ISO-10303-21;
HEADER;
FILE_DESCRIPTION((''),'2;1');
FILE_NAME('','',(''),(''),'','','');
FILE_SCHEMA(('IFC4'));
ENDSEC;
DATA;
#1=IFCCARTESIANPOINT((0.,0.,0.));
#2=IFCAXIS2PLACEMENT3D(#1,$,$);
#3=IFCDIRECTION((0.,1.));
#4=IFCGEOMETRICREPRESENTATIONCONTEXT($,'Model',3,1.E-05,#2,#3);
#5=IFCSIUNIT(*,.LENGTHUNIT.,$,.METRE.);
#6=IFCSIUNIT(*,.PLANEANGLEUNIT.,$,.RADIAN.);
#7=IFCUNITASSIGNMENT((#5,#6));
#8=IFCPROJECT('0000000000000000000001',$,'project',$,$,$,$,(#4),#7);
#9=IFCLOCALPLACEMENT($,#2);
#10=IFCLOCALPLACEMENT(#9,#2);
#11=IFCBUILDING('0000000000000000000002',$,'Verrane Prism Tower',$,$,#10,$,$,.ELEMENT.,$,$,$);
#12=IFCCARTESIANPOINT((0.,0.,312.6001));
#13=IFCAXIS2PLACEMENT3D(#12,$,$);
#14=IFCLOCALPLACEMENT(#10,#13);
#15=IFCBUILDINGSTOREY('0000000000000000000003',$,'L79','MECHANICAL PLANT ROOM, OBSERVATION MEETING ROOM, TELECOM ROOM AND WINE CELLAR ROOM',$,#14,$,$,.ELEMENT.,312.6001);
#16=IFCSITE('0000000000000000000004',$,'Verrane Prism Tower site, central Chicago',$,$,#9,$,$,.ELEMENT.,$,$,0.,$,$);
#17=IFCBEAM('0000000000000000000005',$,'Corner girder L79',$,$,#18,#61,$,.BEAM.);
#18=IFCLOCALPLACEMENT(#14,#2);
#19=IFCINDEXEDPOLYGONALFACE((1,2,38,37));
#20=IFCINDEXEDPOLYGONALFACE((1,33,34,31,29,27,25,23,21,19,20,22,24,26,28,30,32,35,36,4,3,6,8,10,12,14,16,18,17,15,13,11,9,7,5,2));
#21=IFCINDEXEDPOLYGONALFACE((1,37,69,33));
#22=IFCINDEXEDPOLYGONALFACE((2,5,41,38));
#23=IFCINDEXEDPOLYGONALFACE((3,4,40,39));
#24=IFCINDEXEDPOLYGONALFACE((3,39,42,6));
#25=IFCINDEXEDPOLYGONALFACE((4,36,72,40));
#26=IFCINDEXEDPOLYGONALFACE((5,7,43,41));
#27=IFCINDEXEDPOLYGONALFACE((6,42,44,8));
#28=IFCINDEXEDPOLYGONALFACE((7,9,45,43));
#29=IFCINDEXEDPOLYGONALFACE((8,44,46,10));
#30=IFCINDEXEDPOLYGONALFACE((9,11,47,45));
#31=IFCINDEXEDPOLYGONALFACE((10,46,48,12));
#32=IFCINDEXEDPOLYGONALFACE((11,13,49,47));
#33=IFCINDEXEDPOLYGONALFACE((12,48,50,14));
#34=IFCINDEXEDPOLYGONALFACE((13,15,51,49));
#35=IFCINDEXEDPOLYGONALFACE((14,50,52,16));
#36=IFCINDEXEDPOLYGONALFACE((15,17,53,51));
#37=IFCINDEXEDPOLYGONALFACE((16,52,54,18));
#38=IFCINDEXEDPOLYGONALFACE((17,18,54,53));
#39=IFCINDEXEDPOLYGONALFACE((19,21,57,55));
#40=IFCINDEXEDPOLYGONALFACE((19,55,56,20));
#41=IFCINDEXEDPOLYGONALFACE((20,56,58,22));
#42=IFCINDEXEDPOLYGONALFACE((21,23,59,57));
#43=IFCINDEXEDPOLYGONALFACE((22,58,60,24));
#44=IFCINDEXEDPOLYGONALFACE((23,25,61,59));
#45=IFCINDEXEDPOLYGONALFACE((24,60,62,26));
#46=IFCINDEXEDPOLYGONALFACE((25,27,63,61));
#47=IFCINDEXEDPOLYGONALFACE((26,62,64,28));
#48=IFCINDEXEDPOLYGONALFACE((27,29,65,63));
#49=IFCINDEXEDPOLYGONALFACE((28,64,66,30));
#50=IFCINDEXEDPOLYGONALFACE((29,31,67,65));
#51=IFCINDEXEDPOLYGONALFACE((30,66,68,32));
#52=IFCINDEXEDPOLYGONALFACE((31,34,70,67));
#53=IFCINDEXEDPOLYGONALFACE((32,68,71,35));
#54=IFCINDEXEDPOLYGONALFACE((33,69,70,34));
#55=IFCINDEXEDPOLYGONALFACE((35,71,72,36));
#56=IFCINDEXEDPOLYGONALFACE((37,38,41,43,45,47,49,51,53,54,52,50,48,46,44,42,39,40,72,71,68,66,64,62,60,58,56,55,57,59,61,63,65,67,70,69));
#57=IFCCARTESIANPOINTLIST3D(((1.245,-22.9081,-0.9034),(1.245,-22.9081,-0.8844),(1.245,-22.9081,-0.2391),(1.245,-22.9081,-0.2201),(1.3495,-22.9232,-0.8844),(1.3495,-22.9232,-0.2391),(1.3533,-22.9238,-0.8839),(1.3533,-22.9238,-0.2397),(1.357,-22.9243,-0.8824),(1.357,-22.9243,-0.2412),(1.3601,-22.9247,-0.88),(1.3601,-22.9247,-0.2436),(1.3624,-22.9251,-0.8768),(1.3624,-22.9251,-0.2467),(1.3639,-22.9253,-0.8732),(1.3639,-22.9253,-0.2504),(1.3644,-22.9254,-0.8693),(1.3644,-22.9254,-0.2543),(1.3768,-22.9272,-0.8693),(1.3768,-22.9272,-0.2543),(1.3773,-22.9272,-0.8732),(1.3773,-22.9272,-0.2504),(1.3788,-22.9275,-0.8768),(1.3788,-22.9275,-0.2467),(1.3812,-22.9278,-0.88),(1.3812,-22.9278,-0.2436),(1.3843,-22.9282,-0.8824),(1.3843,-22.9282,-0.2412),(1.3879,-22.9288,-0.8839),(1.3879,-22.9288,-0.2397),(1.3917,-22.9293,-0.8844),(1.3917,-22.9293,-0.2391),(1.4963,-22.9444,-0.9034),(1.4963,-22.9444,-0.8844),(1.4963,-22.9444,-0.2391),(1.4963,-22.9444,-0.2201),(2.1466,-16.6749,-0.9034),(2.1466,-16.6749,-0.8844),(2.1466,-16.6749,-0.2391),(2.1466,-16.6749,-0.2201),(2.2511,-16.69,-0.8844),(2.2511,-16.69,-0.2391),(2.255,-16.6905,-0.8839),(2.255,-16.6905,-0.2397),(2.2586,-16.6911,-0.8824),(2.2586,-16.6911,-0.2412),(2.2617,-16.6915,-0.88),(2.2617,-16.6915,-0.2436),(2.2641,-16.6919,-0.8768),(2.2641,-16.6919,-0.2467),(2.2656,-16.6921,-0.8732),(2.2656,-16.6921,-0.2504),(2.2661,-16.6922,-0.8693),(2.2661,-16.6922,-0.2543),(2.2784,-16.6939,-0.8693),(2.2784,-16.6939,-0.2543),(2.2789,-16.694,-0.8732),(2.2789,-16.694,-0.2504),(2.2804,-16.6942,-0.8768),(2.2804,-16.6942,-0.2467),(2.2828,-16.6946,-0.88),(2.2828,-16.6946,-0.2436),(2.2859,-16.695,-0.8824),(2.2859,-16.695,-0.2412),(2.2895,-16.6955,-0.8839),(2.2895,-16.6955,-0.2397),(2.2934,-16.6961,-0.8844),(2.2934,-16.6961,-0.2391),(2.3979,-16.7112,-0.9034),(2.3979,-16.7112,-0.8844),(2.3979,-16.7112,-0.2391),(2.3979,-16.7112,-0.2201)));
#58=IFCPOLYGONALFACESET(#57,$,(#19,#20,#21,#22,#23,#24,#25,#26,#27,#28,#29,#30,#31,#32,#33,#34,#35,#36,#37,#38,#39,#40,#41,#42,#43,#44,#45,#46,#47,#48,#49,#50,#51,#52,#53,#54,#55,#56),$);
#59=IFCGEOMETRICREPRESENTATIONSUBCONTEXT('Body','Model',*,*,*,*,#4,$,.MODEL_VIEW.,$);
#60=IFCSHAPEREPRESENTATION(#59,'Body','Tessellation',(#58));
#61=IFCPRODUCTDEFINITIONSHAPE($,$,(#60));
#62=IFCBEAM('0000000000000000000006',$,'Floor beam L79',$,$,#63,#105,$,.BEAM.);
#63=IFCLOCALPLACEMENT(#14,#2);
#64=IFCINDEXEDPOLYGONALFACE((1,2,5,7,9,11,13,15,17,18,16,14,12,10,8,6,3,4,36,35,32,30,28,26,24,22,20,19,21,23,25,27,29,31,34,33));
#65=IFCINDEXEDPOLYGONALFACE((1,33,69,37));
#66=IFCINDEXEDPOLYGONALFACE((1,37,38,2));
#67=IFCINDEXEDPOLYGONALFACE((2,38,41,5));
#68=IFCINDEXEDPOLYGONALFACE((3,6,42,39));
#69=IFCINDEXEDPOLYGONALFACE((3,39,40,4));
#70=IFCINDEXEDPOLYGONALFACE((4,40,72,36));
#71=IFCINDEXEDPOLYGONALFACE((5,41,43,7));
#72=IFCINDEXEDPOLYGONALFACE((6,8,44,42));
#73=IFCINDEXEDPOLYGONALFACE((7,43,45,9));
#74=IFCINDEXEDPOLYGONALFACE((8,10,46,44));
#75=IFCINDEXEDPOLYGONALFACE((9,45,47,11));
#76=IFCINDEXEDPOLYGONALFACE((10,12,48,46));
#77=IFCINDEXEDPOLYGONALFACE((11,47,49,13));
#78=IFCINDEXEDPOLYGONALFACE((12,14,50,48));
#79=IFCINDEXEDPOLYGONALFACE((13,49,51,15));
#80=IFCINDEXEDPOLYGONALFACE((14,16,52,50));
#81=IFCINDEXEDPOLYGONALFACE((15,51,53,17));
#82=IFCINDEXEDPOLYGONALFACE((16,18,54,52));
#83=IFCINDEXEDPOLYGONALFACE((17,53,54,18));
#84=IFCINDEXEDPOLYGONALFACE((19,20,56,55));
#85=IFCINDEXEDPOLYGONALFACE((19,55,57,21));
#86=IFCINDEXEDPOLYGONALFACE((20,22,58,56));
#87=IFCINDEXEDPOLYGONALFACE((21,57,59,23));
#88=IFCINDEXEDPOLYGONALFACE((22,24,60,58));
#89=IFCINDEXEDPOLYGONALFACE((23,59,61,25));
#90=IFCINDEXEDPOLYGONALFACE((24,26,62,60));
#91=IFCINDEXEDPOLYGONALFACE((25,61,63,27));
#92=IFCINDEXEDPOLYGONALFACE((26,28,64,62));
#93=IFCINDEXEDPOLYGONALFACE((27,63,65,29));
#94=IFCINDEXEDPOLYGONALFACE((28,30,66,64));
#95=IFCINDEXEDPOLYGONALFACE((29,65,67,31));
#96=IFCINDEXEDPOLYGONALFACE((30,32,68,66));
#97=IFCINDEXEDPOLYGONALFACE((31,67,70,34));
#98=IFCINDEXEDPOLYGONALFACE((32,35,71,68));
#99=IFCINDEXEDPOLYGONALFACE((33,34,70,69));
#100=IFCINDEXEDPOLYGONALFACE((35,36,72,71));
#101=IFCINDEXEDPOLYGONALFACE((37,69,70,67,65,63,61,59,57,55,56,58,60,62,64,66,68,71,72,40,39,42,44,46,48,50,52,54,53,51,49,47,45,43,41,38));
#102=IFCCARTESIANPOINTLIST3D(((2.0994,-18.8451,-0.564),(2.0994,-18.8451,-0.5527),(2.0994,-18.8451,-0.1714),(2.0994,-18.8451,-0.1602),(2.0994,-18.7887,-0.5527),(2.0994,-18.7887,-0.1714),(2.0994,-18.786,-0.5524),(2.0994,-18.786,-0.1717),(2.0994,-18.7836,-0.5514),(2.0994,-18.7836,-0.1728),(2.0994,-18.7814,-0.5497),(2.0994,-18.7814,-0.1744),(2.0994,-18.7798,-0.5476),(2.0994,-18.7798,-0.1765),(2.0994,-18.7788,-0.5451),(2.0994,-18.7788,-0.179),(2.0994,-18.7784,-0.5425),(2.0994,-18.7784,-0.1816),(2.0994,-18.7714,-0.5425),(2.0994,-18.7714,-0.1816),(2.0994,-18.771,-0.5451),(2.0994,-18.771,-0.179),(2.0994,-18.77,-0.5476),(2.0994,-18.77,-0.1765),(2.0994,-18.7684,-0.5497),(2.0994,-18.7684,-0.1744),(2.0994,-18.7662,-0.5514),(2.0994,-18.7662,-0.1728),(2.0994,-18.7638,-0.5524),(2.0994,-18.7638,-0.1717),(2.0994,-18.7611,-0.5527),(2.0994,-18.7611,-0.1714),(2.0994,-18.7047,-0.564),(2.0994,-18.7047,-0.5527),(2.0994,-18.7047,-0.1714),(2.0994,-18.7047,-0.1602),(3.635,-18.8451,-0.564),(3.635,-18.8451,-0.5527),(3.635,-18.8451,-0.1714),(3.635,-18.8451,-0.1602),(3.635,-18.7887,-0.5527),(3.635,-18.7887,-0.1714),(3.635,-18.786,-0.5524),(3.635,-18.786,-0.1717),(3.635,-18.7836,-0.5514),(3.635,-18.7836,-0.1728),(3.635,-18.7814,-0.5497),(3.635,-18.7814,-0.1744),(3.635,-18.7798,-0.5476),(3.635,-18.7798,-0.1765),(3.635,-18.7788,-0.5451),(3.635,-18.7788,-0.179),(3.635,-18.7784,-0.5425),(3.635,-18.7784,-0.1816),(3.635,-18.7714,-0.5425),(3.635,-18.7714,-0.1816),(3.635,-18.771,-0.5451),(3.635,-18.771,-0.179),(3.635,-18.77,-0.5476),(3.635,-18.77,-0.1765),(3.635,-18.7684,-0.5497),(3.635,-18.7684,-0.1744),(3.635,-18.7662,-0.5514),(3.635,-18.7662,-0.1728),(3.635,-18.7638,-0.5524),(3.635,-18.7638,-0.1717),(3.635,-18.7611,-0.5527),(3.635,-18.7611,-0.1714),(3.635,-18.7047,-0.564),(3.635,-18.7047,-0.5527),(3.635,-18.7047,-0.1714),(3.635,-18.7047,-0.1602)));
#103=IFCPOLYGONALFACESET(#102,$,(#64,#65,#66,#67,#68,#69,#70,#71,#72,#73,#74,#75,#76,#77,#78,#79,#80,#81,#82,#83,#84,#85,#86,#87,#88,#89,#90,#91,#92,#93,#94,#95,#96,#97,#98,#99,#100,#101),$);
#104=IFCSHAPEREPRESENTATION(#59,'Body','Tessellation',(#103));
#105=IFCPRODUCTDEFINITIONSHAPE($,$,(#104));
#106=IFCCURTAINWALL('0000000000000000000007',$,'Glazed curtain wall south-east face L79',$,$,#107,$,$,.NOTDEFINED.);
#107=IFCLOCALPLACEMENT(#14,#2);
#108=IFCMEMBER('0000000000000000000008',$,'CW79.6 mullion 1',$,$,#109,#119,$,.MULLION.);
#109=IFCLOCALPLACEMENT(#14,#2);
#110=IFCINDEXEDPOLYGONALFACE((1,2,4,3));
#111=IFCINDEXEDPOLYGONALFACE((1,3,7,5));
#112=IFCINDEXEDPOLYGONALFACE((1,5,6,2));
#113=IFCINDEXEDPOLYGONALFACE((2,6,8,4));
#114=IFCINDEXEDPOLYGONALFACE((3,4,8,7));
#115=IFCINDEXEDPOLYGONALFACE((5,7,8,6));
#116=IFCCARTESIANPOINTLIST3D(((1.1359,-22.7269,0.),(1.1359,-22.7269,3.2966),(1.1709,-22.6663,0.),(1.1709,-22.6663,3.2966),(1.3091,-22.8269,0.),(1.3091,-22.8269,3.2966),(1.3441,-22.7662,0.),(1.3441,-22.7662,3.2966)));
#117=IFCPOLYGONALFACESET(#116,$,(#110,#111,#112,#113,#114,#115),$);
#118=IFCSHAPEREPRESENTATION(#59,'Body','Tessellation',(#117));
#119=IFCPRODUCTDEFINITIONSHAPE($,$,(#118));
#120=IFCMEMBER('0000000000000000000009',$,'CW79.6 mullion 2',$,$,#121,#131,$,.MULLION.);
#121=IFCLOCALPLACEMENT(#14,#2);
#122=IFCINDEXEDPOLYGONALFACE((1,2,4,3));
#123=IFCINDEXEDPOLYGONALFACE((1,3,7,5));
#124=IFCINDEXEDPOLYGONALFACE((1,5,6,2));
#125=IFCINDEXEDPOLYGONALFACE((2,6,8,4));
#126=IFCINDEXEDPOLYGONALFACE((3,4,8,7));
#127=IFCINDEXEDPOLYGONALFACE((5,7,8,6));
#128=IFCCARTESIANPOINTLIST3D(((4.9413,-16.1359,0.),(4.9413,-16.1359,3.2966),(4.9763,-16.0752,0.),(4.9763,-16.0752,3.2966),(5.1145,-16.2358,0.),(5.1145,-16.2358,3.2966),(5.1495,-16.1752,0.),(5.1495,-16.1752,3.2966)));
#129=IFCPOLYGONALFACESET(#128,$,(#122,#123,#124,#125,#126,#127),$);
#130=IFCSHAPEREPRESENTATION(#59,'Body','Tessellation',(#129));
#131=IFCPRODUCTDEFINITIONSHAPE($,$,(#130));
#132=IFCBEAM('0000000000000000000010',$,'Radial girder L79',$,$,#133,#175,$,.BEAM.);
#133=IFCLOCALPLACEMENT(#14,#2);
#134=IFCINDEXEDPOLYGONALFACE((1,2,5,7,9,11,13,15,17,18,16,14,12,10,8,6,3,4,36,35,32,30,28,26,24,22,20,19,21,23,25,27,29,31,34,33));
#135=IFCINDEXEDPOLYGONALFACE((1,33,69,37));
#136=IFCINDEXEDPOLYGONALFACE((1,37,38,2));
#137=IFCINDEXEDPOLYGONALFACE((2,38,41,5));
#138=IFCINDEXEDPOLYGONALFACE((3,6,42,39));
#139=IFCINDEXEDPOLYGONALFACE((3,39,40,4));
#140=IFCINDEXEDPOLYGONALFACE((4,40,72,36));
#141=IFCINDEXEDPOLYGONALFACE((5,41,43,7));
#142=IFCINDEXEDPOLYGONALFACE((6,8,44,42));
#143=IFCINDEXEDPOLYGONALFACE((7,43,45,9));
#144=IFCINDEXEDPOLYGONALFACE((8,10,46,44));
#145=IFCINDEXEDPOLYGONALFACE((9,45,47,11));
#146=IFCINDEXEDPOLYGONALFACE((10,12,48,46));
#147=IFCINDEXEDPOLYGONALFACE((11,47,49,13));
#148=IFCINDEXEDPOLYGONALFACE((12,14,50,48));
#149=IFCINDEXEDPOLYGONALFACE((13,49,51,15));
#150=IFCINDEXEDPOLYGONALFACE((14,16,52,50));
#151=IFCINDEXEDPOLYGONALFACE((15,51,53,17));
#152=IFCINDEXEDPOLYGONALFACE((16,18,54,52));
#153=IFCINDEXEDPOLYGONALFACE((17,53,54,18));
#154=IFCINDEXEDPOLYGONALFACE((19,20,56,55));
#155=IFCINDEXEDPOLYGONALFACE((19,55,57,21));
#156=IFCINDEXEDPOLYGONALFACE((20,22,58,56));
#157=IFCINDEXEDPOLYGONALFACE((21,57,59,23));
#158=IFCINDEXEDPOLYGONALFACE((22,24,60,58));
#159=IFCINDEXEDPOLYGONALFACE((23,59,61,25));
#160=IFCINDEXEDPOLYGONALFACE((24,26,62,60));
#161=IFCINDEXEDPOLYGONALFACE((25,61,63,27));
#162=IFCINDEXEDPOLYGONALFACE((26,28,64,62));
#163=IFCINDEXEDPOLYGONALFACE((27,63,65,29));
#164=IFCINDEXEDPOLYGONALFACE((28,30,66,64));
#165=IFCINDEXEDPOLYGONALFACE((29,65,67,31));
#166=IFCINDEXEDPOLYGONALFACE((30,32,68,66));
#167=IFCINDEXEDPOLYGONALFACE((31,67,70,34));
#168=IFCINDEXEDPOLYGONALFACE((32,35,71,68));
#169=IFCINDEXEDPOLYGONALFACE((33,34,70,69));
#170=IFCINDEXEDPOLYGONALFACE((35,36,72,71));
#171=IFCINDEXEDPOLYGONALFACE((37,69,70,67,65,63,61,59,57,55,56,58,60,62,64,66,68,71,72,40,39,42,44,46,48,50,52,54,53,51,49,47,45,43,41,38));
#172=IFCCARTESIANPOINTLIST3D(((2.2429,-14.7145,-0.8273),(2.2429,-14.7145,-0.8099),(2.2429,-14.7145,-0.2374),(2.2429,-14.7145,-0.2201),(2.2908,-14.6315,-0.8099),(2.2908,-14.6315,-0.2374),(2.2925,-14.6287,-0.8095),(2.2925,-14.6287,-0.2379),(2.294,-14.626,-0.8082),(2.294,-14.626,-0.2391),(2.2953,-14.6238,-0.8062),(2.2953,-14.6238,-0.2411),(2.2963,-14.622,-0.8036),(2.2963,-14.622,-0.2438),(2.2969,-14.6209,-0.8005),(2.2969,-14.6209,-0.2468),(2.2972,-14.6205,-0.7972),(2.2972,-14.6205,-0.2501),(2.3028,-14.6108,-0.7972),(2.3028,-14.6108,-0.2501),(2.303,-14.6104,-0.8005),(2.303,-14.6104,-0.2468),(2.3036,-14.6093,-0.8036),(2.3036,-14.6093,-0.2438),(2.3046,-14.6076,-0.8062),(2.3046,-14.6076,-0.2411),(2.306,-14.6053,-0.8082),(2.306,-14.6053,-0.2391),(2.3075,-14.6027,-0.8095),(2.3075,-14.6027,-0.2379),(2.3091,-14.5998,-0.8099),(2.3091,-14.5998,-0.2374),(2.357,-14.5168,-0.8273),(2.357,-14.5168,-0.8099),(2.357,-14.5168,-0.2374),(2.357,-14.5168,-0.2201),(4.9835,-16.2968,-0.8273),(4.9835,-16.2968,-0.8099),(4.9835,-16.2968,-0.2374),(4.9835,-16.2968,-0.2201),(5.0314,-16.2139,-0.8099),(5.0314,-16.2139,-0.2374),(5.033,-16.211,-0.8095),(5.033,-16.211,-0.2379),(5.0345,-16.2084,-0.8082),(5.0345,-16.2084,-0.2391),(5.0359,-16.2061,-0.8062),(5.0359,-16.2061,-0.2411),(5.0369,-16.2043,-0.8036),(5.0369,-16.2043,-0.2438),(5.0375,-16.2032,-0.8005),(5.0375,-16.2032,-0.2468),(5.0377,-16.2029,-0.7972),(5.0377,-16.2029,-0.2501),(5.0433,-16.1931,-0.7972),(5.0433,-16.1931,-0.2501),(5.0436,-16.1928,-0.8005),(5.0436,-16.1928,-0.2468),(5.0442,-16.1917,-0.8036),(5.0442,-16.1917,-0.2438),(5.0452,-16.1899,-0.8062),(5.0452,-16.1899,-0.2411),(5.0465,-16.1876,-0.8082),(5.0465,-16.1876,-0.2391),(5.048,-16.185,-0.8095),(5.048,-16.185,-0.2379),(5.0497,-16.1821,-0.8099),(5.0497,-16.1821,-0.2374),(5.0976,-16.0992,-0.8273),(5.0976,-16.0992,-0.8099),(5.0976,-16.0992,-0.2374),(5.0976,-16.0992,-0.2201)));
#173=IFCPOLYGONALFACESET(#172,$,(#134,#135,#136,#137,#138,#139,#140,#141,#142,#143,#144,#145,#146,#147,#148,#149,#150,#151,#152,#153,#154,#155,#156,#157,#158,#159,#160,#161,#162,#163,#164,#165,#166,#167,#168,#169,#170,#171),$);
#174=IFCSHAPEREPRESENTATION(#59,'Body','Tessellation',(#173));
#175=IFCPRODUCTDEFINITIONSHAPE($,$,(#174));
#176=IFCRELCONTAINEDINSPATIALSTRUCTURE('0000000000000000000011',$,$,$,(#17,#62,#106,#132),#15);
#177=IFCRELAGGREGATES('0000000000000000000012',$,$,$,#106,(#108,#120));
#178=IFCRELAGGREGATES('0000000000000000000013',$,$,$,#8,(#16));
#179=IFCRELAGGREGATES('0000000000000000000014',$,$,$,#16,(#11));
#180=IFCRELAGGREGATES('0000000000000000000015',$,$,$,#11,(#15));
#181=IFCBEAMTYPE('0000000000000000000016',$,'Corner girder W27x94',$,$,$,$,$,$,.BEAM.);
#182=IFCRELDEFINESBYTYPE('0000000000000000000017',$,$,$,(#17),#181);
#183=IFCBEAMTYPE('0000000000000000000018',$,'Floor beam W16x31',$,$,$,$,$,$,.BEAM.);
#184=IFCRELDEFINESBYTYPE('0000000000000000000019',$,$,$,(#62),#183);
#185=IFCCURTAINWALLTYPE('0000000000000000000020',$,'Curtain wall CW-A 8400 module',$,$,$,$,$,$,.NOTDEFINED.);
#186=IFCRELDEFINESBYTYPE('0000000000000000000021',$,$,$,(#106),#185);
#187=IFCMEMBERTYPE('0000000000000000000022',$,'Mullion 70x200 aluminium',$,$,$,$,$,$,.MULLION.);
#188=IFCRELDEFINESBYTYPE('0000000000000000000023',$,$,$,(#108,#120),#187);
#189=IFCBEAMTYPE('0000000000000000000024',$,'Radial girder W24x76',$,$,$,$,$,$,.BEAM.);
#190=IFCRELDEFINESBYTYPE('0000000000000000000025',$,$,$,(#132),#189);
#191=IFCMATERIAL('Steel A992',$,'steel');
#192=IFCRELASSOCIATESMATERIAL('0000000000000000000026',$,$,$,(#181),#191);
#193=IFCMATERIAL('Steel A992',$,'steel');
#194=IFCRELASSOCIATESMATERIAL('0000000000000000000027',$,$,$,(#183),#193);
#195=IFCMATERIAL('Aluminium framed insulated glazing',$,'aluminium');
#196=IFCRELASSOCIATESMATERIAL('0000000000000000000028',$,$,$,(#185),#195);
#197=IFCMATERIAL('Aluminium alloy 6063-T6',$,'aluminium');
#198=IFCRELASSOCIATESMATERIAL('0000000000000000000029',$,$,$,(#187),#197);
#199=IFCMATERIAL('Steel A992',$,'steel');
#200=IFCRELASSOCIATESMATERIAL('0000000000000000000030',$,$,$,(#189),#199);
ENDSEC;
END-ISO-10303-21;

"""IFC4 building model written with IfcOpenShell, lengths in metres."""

from ifc_helpers import new_model, si_unit, direction, frame, origin, origin_2d, place, context, subcontext, project, spatial, rectangle, i_section, extrude, material, material_profile, profile_set, type_object, element, aggregate, save


model = new_model("IFC4")

# Units and contexts
model_context = context("Model", 3, precision=1e-05, world=origin(), true_north=direction((0.0, 1.0)))
body_context = subcontext(model_context, "Body", "Model", "MODEL_VIEW")
ifc_project = project(units=[si_unit("LENGTHUNIT", "METRE"), si_unit("PLANEANGLEUNIT", "RADIAN")], contexts=[model_context])

# Site, building, storey
site_placement = place(None, origin())
site = spatial("IfcSite", under=ifc_project, at=site_placement, Name="Verrane Prism Tower site, central Chicago", CompositionType="ELEMENT", RefElevation=0.0)
building_placement = place(site_placement, origin())
building = spatial("IfcBuilding", under=site, at=building_placement, Name="Verrane Prism Tower", CompositionType="ELEMENT")
storey_placement = place(building_placement, frame((0.0, 0.0, 312.6001)))
storey = spatial("IfcBuildingStorey", under=building, at=storey_placement, Name="L79", Description="MECHANICAL PLANT ROOM, OBSERVATION MEETING ROOM, TELECOM ROOM AND WINE CELLAR ROOM", CompositionType="ELEMENT", Elevation=312.6001)

# Beams
ifc_material_1 = material(Name="Steel A992", Category="steel")
ifc_material_profile_1 = material_profile(ifc_material_1, i_section(OverallWidth=0.2539, OverallDepth=0.6833, WebThickness=0.0125, FlangeThickness=0.019, FilletRadius=0.0151, at=origin_2d()), Name="W27x94")
ifc_profile_set_1 = profile_set([ifc_material_profile_1], Name="Steel A992")
beam_type_1 = type_object("IfcBeamType", Name="Corner girder W27x94", PredefinedType="BEAM", material=ifc_profile_set_1)
beam_1_placement = place(storey_placement, frame((1.3706, -22.9263, -0.5618), z_axis=(0.143158, 0.9897, 0.0), x_axis=(-0.9897, 0.143158, 0.0)))
element("IfcBeam", 1, at=beam_1_placement, inside=storey, type_object=beam_type_1, Name="Corner girder L79", PredefinedType="BEAM", context=body_context, shape_type="SweptSolid", body=[
    extrude(i_section(OverallWidth=0.2539, OverallDepth=0.6833, WebThickness=0.0125, FlangeThickness=0.019, FilletRadius=0.0151, at=origin_2d()), origin(), (0.0, 0.0, 1.0), 6.2981),
])
ifc_material_2 = material(Name="Steel A992", Category="steel")
ifc_material_profile_2 = material_profile(ifc_material_2, i_section(OverallWidth=0.1404, OverallDepth=0.4038, WebThickness=0.0071, FlangeThickness=0.0112, FilletRadius=0.0103, at=origin_2d()), Name="W16x31")
ifc_profile_set_2 = profile_set([ifc_material_profile_2], Name="Steel A992")
beam_type_2 = type_object("IfcBeamType", Name="Floor beam W16x31", PredefinedType="BEAM", material=ifc_profile_set_2)
beam_2_placement = place(storey_placement, frame((2.0994, -18.7749, -0.3621), z_axis=(1.0, 0.0, 0.0), x_axis=(0.0, 1.0, 0.0)))
element("IfcBeam", 2, at=beam_2_placement, inside=storey, type_object=beam_type_2, Name="Floor beam L79", PredefinedType="BEAM", context=body_context, shape_type="SweptSolid", body=[
    extrude(i_section(OverallWidth=0.1404, OverallDepth=0.4038, WebThickness=0.0071, FlangeThickness=0.0112, FilletRadius=0.0103, at=origin_2d()), origin(), (0.0, 0.0, 1.0), 1.5356),
])

# Curtain wall, members
ifc_material_3 = material(Name="Aluminium framed insulated glazing", Category="aluminium")
curtain_wall_type_1 = type_object("IfcCurtainWallType", Name="Curtain wall CW-A 8400 module", PredefinedType="NOTDEFINED", material=ifc_material_3)
curtain_wall_1_placement = place(storey_placement, origin())
curtain_wall_1 = element("IfcCurtainWall", 3, at=curtain_wall_1_placement, inside=storey, type_object=curtain_wall_type_1, Name="Glazed curtain wall south-east face L79", PredefinedType="NOTDEFINED")
ifc_material_4 = material(Name="Aluminium alloy 6063-T6", Category="aluminium")
ifc_material_profile_3 = material_profile(ifc_material_4, rectangle(XDim=0.2, YDim=0.0701, at=origin_2d()), Name="Mullion 70x200 aluminium")
ifc_profile_set_3 = profile_set([ifc_material_profile_3], Name="Aluminium alloy 6063-T6")
member_type_1 = type_object("IfcMemberType", Name="Mullion 70x200 aluminium", PredefinedType="MULLION", material=ifc_profile_set_3)
member_1_placement = place(storey_placement, frame((1.24, -22.7466, 0.0), z_axis=(0.0, 0.0, 1.0), x_axis=(-0.866025, 0.5, 0.0)))
member_1 = element("IfcMember", 4, at=member_1_placement, type_object=member_type_1, Name="CW79.6 mullion 1", PredefinedType="MULLION", context=body_context, shape_type="SweptSolid", body=[
    extrude(rectangle(XDim=0.2, YDim=0.0701, at=origin_2d()), origin(), (0.0, 0.0, 1.0), 3.2966),
])
member_2_placement = place(storey_placement, frame((5.0454, -16.1555, 0.0), z_axis=(0.0, 0.0, 1.0), x_axis=(-0.866025, 0.5, 0.0)))
member_2 = element("IfcMember", 5, at=member_2_placement, type_object=member_type_1, Name="CW79.6 mullion 2", PredefinedType="MULLION", context=body_context, shape_type="SweptSolid", body=[
    extrude(rectangle(XDim=0.2, YDim=0.0701, at=origin_2d()), origin(), (0.0, 0.0, 1.0), 3.2966),
])

# Beam
ifc_material_5 = material(Name="Steel A992", Category="steel")
ifc_material_profile_4 = material_profile(ifc_material_5, i_section(OverallWidth=0.2283, OverallDepth=0.6072, WebThickness=0.0112, FlangeThickness=0.0173, FilletRadius=0.0127, at=origin_2d()), Name="W24x76")
ifc_profile_set_4 = profile_set([ifc_material_profile_4], Name="Steel A992")
beam_type_3 = type_object("IfcBeamType", Name="Radial girder W24x76", PredefinedType="BEAM", material=ifc_profile_set_4)
beam_3_placement = place(storey_placement, frame((5.0405, -16.198, -0.5237), z_axis=(-0.866017, 0.500014, 0.0), x_axis=(-0.500014, -0.866017, 0.0)))
element("IfcBeam", 6, at=beam_3_placement, inside=storey, type_object=beam_type_3, Name="Radial girder L79", PredefinedType="BEAM", context=body_context, shape_type="SweptSolid", body=[
    extrude(i_section(OverallWidth=0.2283, OverallDepth=0.6072, WebThickness=0.0112, FlangeThickness=0.0173, FilletRadius=0.0127, at=origin_2d()), origin(), (0.0, 0.0, 1.0), 3.1646),
])

aggregate(curtain_wall_1, [member_1, member_2])

save(model, "model.ifc")
